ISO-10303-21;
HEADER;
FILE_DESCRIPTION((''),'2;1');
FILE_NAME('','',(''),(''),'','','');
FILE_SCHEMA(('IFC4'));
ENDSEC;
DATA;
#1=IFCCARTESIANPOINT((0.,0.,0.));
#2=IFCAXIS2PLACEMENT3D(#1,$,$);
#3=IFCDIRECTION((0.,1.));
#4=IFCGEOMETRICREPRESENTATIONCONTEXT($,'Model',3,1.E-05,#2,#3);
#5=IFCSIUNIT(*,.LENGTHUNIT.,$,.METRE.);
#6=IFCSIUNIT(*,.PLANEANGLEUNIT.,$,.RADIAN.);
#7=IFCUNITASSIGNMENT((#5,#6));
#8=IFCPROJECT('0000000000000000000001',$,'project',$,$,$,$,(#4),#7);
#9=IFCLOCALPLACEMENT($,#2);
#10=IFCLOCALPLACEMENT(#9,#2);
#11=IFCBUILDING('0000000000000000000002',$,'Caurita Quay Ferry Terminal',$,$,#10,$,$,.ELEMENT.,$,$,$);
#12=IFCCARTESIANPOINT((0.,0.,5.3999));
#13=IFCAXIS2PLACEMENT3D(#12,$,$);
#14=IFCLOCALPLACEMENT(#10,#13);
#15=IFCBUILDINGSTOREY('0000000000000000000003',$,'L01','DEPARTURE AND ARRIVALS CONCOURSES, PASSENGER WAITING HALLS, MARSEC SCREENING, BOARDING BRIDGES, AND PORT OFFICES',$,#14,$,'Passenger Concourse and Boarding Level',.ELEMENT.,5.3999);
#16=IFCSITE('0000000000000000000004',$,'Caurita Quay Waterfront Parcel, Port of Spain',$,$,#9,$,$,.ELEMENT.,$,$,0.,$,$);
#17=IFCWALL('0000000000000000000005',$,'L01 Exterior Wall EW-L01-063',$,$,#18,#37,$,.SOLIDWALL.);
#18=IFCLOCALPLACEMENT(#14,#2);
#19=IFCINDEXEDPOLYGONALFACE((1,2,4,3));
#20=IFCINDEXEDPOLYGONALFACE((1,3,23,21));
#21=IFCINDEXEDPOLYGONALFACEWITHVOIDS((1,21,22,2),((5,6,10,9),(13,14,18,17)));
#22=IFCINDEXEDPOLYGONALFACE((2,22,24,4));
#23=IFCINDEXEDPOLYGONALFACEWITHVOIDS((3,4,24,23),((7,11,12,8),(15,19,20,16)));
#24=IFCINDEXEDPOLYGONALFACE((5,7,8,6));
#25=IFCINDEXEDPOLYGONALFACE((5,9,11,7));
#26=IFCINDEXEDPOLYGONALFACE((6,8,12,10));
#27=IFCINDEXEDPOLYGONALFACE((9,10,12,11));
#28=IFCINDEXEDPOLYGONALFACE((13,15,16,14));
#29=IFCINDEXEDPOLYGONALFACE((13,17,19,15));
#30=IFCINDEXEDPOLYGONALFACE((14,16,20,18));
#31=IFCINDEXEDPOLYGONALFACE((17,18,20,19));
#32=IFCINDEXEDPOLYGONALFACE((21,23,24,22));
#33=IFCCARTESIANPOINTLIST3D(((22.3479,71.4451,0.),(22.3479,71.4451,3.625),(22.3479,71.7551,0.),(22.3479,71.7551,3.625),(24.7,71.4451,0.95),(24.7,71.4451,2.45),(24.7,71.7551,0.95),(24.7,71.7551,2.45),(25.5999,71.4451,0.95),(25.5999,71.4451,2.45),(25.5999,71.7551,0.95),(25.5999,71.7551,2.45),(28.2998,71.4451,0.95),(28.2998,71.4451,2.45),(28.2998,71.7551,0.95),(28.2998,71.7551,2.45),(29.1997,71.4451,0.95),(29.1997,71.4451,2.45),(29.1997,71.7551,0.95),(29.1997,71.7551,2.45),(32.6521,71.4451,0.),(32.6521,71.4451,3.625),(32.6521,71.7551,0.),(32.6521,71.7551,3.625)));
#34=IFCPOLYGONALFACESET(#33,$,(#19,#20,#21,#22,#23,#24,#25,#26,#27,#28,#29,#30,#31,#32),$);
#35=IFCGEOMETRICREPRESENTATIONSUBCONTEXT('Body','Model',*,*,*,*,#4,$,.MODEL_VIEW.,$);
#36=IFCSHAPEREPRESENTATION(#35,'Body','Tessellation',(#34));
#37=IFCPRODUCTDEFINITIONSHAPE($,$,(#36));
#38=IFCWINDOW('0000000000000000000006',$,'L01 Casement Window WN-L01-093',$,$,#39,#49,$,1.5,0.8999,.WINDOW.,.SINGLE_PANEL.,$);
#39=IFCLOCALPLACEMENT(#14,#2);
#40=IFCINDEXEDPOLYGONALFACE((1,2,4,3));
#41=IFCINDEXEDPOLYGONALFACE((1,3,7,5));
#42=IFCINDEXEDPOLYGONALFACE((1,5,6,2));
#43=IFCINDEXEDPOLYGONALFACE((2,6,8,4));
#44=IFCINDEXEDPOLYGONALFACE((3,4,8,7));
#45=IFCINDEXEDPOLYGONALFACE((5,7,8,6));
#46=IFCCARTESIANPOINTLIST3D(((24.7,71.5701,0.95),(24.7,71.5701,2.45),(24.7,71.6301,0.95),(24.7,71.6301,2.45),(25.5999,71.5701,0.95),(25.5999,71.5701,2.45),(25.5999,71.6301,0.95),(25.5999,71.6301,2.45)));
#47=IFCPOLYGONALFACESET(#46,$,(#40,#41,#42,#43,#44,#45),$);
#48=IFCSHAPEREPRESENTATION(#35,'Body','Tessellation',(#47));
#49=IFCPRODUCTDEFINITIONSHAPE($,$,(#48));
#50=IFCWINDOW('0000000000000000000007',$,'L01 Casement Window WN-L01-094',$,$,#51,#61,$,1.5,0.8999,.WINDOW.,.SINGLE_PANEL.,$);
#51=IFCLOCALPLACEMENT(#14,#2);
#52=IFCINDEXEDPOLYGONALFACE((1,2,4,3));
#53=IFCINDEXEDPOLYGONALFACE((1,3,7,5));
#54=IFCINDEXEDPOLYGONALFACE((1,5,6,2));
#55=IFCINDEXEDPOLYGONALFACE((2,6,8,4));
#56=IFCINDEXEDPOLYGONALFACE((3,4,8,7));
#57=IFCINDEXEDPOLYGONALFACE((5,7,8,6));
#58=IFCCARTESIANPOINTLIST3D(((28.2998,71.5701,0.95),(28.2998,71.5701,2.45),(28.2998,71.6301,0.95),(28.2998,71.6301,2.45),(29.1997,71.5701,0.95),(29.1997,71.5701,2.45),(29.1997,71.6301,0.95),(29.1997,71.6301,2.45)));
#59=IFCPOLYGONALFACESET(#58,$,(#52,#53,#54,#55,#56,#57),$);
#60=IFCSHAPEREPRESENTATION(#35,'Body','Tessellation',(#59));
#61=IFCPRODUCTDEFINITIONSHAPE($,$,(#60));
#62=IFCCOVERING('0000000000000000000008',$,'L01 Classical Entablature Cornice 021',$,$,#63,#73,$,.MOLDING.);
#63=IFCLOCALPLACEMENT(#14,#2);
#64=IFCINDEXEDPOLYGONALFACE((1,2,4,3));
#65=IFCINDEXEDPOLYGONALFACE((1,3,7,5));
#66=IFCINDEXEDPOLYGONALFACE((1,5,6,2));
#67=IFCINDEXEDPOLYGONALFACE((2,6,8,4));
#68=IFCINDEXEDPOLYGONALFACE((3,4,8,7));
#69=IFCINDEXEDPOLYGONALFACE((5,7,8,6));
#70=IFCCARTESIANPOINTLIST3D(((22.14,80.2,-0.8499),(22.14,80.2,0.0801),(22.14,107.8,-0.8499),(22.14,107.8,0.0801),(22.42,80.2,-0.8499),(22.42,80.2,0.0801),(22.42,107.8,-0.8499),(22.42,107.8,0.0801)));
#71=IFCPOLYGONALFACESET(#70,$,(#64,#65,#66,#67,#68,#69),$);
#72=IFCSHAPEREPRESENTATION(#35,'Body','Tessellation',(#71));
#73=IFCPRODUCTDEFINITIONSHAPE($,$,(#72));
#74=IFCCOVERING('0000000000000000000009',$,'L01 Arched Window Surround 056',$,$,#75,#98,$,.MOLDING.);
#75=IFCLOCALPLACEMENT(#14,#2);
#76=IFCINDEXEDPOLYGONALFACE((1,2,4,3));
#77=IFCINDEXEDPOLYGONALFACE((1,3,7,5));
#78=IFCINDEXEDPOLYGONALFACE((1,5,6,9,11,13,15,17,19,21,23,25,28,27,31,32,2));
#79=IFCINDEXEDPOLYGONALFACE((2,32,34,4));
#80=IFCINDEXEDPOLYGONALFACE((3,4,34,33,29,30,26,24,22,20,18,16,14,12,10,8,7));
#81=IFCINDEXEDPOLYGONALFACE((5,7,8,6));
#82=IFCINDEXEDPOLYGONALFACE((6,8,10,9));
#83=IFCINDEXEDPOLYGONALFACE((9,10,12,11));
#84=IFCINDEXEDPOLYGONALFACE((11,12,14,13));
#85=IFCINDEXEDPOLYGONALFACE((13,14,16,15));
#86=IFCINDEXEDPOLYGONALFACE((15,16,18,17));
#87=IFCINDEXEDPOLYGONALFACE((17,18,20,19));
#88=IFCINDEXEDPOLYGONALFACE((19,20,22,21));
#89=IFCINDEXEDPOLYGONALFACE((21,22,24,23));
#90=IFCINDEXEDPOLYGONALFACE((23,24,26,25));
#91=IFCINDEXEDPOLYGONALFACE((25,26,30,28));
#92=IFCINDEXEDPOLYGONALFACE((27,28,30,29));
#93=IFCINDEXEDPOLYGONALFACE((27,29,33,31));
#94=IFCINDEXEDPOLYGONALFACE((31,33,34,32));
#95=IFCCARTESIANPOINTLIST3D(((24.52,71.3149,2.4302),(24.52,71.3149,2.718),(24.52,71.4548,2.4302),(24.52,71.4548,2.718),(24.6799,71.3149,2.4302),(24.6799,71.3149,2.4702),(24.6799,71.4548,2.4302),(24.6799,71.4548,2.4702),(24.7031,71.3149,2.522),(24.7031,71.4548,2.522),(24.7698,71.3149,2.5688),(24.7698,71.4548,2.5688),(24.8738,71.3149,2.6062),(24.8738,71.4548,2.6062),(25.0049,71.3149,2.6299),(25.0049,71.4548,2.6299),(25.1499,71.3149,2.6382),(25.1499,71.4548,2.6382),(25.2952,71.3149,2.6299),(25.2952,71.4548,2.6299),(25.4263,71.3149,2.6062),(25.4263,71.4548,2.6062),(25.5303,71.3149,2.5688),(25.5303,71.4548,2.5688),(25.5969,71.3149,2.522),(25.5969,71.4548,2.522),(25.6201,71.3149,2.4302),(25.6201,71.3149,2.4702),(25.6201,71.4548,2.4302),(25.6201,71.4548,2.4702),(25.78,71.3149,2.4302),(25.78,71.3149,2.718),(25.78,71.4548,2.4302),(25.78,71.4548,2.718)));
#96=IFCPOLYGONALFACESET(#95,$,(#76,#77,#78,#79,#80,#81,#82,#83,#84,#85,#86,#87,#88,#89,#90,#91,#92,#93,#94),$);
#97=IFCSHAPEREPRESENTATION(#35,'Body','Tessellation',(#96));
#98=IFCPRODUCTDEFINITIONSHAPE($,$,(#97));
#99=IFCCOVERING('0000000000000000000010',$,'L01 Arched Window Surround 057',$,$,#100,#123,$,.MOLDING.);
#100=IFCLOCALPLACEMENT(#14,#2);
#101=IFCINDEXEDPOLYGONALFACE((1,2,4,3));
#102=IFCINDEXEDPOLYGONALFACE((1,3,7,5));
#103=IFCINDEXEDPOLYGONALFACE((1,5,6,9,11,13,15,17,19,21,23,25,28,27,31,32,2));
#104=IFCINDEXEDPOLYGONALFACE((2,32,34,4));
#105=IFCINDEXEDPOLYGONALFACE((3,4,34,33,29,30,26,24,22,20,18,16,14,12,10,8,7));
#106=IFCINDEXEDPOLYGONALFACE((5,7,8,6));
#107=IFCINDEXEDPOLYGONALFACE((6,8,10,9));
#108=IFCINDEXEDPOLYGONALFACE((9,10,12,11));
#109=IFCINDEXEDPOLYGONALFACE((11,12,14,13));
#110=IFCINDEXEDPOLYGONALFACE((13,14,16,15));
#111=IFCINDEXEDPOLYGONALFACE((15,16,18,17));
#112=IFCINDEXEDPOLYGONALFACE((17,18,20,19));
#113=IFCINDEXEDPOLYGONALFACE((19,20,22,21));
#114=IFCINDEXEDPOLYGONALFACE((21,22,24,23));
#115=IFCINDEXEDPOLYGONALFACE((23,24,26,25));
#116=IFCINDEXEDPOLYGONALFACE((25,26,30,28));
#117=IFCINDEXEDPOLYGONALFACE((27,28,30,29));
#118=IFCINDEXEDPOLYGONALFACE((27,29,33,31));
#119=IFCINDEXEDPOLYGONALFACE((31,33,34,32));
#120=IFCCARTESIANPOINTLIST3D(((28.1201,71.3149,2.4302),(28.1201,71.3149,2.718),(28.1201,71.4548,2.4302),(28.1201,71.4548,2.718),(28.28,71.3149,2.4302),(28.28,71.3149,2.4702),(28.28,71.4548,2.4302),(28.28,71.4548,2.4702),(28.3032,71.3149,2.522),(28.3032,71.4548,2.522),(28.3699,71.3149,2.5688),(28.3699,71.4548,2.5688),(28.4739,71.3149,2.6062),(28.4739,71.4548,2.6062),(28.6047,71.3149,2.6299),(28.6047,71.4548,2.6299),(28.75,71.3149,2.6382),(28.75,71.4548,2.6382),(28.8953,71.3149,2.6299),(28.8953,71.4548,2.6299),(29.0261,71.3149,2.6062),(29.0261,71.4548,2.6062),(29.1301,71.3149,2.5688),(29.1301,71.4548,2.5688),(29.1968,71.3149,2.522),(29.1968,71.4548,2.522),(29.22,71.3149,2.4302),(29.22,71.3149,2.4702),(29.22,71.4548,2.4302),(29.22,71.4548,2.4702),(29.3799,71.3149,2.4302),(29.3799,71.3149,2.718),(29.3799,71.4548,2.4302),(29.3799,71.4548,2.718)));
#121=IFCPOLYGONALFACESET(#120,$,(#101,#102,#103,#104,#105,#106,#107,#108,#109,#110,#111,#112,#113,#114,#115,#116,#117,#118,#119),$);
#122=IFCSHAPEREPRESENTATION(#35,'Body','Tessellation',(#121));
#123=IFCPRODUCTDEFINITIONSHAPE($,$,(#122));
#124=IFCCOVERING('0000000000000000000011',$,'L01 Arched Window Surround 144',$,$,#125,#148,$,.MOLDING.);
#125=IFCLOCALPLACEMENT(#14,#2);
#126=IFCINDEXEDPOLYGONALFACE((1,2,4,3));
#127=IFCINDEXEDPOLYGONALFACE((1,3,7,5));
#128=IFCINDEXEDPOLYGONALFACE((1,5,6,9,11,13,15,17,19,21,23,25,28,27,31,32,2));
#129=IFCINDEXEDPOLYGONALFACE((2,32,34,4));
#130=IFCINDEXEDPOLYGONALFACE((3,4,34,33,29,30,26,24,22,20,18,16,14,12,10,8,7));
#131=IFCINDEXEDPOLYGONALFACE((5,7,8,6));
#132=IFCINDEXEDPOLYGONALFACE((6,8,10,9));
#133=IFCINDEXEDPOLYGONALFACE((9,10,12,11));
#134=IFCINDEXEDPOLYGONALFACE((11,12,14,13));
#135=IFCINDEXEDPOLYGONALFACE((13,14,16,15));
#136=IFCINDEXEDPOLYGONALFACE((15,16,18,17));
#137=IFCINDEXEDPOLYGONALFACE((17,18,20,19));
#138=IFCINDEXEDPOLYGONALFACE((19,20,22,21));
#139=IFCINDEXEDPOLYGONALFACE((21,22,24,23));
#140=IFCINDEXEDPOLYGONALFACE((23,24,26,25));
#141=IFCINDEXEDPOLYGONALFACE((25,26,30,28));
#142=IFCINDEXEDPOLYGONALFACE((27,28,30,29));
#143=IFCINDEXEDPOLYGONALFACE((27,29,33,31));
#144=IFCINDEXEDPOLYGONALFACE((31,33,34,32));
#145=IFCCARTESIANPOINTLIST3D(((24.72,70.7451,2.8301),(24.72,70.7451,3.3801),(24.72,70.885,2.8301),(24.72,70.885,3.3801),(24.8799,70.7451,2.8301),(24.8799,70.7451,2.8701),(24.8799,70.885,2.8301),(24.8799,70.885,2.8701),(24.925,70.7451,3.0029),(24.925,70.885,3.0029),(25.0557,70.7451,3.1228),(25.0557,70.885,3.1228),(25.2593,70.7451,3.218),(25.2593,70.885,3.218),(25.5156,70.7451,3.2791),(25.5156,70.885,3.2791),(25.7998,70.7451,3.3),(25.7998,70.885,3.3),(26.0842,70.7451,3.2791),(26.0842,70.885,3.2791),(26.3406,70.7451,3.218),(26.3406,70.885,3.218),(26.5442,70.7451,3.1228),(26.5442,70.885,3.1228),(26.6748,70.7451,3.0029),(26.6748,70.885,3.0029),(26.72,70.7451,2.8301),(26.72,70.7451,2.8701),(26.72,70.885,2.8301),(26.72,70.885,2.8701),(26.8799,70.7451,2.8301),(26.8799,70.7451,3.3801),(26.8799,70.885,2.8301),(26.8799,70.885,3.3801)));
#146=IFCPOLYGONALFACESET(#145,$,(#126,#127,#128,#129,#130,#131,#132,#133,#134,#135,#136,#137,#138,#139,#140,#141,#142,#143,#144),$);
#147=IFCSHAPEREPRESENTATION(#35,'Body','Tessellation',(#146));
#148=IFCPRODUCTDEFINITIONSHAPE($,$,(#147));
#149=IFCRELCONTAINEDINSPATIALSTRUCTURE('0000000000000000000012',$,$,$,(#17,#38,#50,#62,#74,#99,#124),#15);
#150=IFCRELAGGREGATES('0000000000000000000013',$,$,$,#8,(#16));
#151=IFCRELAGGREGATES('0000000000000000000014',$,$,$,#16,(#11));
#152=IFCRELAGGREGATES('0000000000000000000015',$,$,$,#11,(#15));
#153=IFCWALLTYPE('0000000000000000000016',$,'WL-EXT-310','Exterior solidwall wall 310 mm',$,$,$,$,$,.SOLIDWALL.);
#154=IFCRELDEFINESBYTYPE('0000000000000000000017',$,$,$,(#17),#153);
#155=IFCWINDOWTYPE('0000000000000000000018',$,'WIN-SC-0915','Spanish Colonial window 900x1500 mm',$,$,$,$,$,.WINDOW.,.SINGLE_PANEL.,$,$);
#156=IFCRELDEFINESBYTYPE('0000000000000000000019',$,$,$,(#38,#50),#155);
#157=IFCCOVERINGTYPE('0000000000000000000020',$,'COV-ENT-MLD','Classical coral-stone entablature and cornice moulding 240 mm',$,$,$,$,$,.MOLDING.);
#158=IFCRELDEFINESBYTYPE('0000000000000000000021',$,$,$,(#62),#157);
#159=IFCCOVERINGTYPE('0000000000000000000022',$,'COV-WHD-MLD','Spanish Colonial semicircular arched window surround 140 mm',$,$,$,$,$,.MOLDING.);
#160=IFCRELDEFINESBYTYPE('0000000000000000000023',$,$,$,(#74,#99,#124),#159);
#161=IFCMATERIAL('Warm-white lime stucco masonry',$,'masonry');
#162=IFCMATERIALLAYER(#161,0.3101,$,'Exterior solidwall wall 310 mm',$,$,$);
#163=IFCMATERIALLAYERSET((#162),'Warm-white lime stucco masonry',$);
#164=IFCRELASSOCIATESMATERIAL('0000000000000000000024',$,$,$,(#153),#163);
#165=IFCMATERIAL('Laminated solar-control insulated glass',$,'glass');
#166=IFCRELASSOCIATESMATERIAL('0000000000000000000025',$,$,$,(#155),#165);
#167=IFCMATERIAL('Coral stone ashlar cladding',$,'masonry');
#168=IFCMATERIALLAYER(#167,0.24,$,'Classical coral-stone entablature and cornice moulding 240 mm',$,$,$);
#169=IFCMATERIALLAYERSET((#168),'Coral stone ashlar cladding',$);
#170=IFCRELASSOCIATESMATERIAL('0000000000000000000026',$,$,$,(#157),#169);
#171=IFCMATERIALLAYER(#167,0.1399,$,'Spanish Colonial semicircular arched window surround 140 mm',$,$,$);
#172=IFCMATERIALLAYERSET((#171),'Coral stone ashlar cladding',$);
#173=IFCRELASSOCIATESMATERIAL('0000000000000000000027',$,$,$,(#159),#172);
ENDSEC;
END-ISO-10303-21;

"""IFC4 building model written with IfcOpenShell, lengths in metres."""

from ifc_helpers import new_model, si_unit, direction, frame, frame_2d, origin, place, context, subcontext, project, spatial, polyline, rectangle, outline, extrude, material, layer, layer_set, type_object, element, fill, save


model = new_model("IFC4")

# Units and contexts
model_context = context("Model", 3, precision=1e-05, world=origin(), true_north=direction((0.0, 1.0)))
body_context = subcontext(model_context, "Body", "Model", "MODEL_VIEW")
ifc_project = project(units=[si_unit("LENGTHUNIT", "METRE"), si_unit("PLANEANGLEUNIT", "RADIAN")], contexts=[model_context])

# Site, building, storey
site_placement = place(None, origin())
site = spatial("IfcSite", under=ifc_project, at=site_placement, Name="Caurita Quay Waterfront Parcel, Port of Spain", CompositionType="ELEMENT", RefElevation=0.0)
building_placement = place(site_placement, origin())
building = spatial("IfcBuilding", under=site, at=building_placement, Name="Caurita Quay Ferry Terminal", CompositionType="ELEMENT")
storey_placement = place(building_placement, frame((0.0, 0.0, 5.3999)))
storey = spatial("IfcBuildingStorey", under=building, at=storey_placement, Name="L01", Description="DEPARTURE AND ARRIVALS CONCOURSES, PASSENGER WAITING HALLS, MARSEC SCREENING, BOARDING BRIDGES, AND PORT OFFICES", LongName="Passenger Concourse and Boarding Level", CompositionType="ELEMENT", Elevation=5.3999)

# Shared definitions
ifc_material_1 = material(Name="Laminated solar-control insulated glass", Category="glass")

# Wall, openings, windows
ifc_material_2 = material(Name="Warm-white lime stucco masonry", Category="masonry")
ifc_layer_1 = layer(ifc_material_2, 0.3101, Name="Exterior solidwall wall 310 mm")
ifc_layer_set_1 = layer_set([ifc_layer_1], Name="Warm-white lime stucco masonry")
wall_type_1 = type_object("IfcWallType", Name="WL-EXT-310", Description="Exterior solidwall wall 310 mm", PredefinedType="SOLIDWALL", material=ifc_layer_set_1)
wall_1_placement = place(storey_placement, frame((22.3479, 71.6001, 0.0), z_axis=(0.0, 0.0, 1.0), x_axis=(1.0, 0.0, 0.0)))
wall_1 = element("IfcWall", 1, at=wall_1_placement, inside=storey, type_object=wall_type_1, Name="L01 Exterior Wall EW-L01-063", PredefinedType="SOLIDWALL", context=body_context, shape_type="SweptSolid", body=[
    extrude(rectangle(XDim=10.3042, YDim=0.3101, at=frame_2d((5.1521, 0.0))), origin(), (0.0, 0.0, 1.0), 3.625),
])
opening_1_placement = place(wall_1_placement, frame((2.3521, 0.0, 0.95)))
opening_1 = element("IfcOpeningElement", 2, at=opening_1_placement, cuts=wall_1, PredefinedType="OPENING", context=body_context, shape_type="SweptSolid", body=[
    extrude(rectangle(XDim=0.8999, YDim=1.5, at=frame_2d((0.45, 0.75))), frame((0.0, 0.165, 0.0), z_axis=(0.0, -1.0, 0.0), x_axis=(1.0, 0.0, 0.0)), (0.0, 0.0, 1.0), 0.3301),
])
opening_2_placement = place(wall_1_placement, frame((5.9519, 0.0, 0.95)))
opening_2 = element("IfcOpeningElement", 3, at=opening_2_placement, cuts=wall_1, PredefinedType="OPENING", context=body_context, shape_type="SweptSolid", body=[
    extrude(rectangle(XDim=0.8999, YDim=1.5, at=frame_2d((0.45, 0.75))), frame((0.0, 0.165, 0.0), z_axis=(0.0, -1.0, 0.0), x_axis=(1.0, 0.0, 0.0)), (0.0, 0.0, 1.0), 0.3301),
])
window_type = type_object("IfcWindowType", Name="WIN-SC-0915", Description="Spanish Colonial window 900x1500 mm", PartitioningType="SINGLE_PANEL", PredefinedType="WINDOW", material=ifc_material_1)
window_1_placement = place(opening_1_placement, origin())
window_1 = element("IfcWindow", 4, at=window_1_placement, inside=storey, type_object=window_type, Name="L01 Casement Window WN-L01-093", OverallHeight=1.5, OverallWidth=0.8999, PartitioningType="SINGLE_PANEL", PredefinedType="WINDOW", context=body_context, shape_type="SweptSolid", body=[
    extrude(rectangle(XDim=0.8999, YDim=1.5, at=frame_2d((0.45, 0.75))), frame((0.0, 0.03, 0.0), z_axis=(0.0, -1.0, 0.0), x_axis=(1.0, 0.0, 0.0)), (0.0, 0.0, 1.0), 0.0601),
])
fill(opening_1, window_1)
window_2_placement = place(opening_2_placement, origin())
window_2 = element("IfcWindow", 5, at=window_2_placement, inside=storey, type_object=window_type, Name="L01 Casement Window WN-L01-094", OverallHeight=1.5, OverallWidth=0.8999, PartitioningType="SINGLE_PANEL", PredefinedType="WINDOW", context=body_context, shape_type="SweptSolid", body=[
    extrude(rectangle(XDim=0.8999, YDim=1.5, at=frame_2d((0.45, 0.75))), frame((0.0, 0.03, 0.0), z_axis=(0.0, -1.0, 0.0), x_axis=(1.0, 0.0, 0.0)), (0.0, 0.0, 1.0), 0.0601),
])
fill(opening_2, window_2)

# Coverings
ifc_material_3 = material(Name="Coral stone ashlar cladding", Category="masonry")
ifc_layer_2 = layer(ifc_material_3, 0.24, Name="Classical coral-stone entablature and cornice moulding 240 mm")
ifc_layer_set_2 = layer_set([ifc_layer_2], Name="Coral stone ashlar cladding")
covering_type_1 = type_object("IfcCoveringType", Name="COV-ENT-MLD", Description="Classical coral-stone entablature and cornice moulding 240 mm", PredefinedType="MOLDING", material=ifc_layer_set_2)
covering_1_placement = place(storey_placement, frame((22.28, 80.2, -0.8499), z_axis=(0.0, 0.0, 1.0), x_axis=(0.0, 1.0, 0.0)))
element("IfcCovering", 6, at=covering_1_placement, inside=storey, type_object=covering_type_1, Name="L01 Classical Entablature Cornice 021", PredefinedType="MOLDING", context=body_context, shape_type="SweptSolid", body=[
    extrude(rectangle(XDim=27.6001, YDim=0.28, at=frame_2d((13.8, 0.0))), origin(), (0.0, 0.0, 1.0), 0.9299),
])
ifc_layer_3 = layer(ifc_material_3, 0.1399, Name="Spanish Colonial semicircular arched window surround 140 mm")
ifc_layer_set_3 = layer_set([ifc_layer_3], Name="Coral stone ashlar cladding")
covering_type_2 = type_object("IfcCoveringType", Name="COV-WHD-MLD", Description="Spanish Colonial semicircular arched window surround 140 mm", PredefinedType="MOLDING", material=ifc_layer_set_3)
covering_2_placement = place(storey_placement, frame((24.52, 71.385, 2.4302), z_axis=(0.0, 0.0, 1.0), x_axis=(1.0, 0.0, 0.0)))
element("IfcCovering", 7, at=covering_2_placement, inside=storey, type_object=covering_type_2, Name="L01 Arched Window Surround 056", PredefinedType="MOLDING", context=body_context, shape_type="SweptSolid", body=[
    extrude(outline(polyline([(0.0, 0.0), (0.1599, 0.0), (0.1599, 0.04), (0.1831, 0.0918), (0.2498, 0.1387), (0.3538, 0.176), (0.4849, 0.1997), (0.6299, 0.208), (0.7751, 0.1997), (0.9062, 0.176), (1.0103, 0.1387), (1.0769, 0.0918), (1.1001, 0.04), (1.1001, 0.0), (1.26, 0.0), (1.26, 0.2878), (0.0, 0.2878), (0.0, 0.0)])), frame((0.0, 0.0698, 0.0), z_axis=(0.0, -1.0, 0.0), x_axis=(1.0, 0.0, 0.0)), (0.0, 0.0, 1.0), 0.1399),
])
covering_3_placement = place(storey_placement, frame((28.1201, 71.385, 2.4302), z_axis=(0.0, 0.0, 1.0), x_axis=(1.0, 0.0, 0.0)))
element("IfcCovering", 8, at=covering_3_placement, inside=storey, type_object=covering_type_2, Name="L01 Arched Window Surround 057", PredefinedType="MOLDING", context=body_context, shape_type="SweptSolid", body=[
    extrude(outline(polyline([(0.0, 0.0), (0.1599, 0.0), (0.1599, 0.04), (0.1831, 0.0918), (0.2498, 0.1387), (0.3538, 0.176), (0.4846, 0.1997), (0.6299, 0.208), (0.7751, 0.1997), (0.906, 0.176), (1.01, 0.1387), (1.0767, 0.0918), (1.0999, 0.04), (1.0999, 0.0), (1.2598, 0.0), (1.2598, 0.2878), (0.0, 0.2878), (0.0, 0.0)])), frame((0.0, 0.0698, 0.0), z_axis=(0.0, -1.0, 0.0), x_axis=(1.0, 0.0, 0.0)), (0.0, 0.0, 1.0), 0.1399),
])
covering_4_placement = place(storey_placement, frame((26.8799, 70.8149, 2.8301), z_axis=(0.0, 0.0, 1.0), x_axis=(-1.0, 0.0, 0.0)))
element("IfcCovering", 9, at=covering_4_placement, inside=storey, type_object=covering_type_2, Name="L01 Arched Window Surround 144", PredefinedType="MOLDING", context=body_context, shape_type="SweptSolid", body=[
    extrude(outline(polyline([(0.0, 0.0), (0.1599, 0.0), (0.1599, 0.04), (0.2051, 0.1729), (0.3357, 0.2927), (0.5393, 0.3879), (0.7957, 0.449), (1.0801, 0.47), (1.3643, 0.449), (1.6206, 0.3879), (1.8242, 0.2927), (1.9548, 0.1729), (2.0, 0.04), (2.0, 0.0), (2.1599, 0.0), (2.1599, 0.55), (0.0, 0.55), (0.0, 0.0)])), frame((0.0, 0.0698, 0.0), z_axis=(0.0, -1.0, 0.0), x_axis=(1.0, 0.0, 0.0)), (0.0, 0.0, 1.0), 0.1399),
])

save(model, "model.ifc")
